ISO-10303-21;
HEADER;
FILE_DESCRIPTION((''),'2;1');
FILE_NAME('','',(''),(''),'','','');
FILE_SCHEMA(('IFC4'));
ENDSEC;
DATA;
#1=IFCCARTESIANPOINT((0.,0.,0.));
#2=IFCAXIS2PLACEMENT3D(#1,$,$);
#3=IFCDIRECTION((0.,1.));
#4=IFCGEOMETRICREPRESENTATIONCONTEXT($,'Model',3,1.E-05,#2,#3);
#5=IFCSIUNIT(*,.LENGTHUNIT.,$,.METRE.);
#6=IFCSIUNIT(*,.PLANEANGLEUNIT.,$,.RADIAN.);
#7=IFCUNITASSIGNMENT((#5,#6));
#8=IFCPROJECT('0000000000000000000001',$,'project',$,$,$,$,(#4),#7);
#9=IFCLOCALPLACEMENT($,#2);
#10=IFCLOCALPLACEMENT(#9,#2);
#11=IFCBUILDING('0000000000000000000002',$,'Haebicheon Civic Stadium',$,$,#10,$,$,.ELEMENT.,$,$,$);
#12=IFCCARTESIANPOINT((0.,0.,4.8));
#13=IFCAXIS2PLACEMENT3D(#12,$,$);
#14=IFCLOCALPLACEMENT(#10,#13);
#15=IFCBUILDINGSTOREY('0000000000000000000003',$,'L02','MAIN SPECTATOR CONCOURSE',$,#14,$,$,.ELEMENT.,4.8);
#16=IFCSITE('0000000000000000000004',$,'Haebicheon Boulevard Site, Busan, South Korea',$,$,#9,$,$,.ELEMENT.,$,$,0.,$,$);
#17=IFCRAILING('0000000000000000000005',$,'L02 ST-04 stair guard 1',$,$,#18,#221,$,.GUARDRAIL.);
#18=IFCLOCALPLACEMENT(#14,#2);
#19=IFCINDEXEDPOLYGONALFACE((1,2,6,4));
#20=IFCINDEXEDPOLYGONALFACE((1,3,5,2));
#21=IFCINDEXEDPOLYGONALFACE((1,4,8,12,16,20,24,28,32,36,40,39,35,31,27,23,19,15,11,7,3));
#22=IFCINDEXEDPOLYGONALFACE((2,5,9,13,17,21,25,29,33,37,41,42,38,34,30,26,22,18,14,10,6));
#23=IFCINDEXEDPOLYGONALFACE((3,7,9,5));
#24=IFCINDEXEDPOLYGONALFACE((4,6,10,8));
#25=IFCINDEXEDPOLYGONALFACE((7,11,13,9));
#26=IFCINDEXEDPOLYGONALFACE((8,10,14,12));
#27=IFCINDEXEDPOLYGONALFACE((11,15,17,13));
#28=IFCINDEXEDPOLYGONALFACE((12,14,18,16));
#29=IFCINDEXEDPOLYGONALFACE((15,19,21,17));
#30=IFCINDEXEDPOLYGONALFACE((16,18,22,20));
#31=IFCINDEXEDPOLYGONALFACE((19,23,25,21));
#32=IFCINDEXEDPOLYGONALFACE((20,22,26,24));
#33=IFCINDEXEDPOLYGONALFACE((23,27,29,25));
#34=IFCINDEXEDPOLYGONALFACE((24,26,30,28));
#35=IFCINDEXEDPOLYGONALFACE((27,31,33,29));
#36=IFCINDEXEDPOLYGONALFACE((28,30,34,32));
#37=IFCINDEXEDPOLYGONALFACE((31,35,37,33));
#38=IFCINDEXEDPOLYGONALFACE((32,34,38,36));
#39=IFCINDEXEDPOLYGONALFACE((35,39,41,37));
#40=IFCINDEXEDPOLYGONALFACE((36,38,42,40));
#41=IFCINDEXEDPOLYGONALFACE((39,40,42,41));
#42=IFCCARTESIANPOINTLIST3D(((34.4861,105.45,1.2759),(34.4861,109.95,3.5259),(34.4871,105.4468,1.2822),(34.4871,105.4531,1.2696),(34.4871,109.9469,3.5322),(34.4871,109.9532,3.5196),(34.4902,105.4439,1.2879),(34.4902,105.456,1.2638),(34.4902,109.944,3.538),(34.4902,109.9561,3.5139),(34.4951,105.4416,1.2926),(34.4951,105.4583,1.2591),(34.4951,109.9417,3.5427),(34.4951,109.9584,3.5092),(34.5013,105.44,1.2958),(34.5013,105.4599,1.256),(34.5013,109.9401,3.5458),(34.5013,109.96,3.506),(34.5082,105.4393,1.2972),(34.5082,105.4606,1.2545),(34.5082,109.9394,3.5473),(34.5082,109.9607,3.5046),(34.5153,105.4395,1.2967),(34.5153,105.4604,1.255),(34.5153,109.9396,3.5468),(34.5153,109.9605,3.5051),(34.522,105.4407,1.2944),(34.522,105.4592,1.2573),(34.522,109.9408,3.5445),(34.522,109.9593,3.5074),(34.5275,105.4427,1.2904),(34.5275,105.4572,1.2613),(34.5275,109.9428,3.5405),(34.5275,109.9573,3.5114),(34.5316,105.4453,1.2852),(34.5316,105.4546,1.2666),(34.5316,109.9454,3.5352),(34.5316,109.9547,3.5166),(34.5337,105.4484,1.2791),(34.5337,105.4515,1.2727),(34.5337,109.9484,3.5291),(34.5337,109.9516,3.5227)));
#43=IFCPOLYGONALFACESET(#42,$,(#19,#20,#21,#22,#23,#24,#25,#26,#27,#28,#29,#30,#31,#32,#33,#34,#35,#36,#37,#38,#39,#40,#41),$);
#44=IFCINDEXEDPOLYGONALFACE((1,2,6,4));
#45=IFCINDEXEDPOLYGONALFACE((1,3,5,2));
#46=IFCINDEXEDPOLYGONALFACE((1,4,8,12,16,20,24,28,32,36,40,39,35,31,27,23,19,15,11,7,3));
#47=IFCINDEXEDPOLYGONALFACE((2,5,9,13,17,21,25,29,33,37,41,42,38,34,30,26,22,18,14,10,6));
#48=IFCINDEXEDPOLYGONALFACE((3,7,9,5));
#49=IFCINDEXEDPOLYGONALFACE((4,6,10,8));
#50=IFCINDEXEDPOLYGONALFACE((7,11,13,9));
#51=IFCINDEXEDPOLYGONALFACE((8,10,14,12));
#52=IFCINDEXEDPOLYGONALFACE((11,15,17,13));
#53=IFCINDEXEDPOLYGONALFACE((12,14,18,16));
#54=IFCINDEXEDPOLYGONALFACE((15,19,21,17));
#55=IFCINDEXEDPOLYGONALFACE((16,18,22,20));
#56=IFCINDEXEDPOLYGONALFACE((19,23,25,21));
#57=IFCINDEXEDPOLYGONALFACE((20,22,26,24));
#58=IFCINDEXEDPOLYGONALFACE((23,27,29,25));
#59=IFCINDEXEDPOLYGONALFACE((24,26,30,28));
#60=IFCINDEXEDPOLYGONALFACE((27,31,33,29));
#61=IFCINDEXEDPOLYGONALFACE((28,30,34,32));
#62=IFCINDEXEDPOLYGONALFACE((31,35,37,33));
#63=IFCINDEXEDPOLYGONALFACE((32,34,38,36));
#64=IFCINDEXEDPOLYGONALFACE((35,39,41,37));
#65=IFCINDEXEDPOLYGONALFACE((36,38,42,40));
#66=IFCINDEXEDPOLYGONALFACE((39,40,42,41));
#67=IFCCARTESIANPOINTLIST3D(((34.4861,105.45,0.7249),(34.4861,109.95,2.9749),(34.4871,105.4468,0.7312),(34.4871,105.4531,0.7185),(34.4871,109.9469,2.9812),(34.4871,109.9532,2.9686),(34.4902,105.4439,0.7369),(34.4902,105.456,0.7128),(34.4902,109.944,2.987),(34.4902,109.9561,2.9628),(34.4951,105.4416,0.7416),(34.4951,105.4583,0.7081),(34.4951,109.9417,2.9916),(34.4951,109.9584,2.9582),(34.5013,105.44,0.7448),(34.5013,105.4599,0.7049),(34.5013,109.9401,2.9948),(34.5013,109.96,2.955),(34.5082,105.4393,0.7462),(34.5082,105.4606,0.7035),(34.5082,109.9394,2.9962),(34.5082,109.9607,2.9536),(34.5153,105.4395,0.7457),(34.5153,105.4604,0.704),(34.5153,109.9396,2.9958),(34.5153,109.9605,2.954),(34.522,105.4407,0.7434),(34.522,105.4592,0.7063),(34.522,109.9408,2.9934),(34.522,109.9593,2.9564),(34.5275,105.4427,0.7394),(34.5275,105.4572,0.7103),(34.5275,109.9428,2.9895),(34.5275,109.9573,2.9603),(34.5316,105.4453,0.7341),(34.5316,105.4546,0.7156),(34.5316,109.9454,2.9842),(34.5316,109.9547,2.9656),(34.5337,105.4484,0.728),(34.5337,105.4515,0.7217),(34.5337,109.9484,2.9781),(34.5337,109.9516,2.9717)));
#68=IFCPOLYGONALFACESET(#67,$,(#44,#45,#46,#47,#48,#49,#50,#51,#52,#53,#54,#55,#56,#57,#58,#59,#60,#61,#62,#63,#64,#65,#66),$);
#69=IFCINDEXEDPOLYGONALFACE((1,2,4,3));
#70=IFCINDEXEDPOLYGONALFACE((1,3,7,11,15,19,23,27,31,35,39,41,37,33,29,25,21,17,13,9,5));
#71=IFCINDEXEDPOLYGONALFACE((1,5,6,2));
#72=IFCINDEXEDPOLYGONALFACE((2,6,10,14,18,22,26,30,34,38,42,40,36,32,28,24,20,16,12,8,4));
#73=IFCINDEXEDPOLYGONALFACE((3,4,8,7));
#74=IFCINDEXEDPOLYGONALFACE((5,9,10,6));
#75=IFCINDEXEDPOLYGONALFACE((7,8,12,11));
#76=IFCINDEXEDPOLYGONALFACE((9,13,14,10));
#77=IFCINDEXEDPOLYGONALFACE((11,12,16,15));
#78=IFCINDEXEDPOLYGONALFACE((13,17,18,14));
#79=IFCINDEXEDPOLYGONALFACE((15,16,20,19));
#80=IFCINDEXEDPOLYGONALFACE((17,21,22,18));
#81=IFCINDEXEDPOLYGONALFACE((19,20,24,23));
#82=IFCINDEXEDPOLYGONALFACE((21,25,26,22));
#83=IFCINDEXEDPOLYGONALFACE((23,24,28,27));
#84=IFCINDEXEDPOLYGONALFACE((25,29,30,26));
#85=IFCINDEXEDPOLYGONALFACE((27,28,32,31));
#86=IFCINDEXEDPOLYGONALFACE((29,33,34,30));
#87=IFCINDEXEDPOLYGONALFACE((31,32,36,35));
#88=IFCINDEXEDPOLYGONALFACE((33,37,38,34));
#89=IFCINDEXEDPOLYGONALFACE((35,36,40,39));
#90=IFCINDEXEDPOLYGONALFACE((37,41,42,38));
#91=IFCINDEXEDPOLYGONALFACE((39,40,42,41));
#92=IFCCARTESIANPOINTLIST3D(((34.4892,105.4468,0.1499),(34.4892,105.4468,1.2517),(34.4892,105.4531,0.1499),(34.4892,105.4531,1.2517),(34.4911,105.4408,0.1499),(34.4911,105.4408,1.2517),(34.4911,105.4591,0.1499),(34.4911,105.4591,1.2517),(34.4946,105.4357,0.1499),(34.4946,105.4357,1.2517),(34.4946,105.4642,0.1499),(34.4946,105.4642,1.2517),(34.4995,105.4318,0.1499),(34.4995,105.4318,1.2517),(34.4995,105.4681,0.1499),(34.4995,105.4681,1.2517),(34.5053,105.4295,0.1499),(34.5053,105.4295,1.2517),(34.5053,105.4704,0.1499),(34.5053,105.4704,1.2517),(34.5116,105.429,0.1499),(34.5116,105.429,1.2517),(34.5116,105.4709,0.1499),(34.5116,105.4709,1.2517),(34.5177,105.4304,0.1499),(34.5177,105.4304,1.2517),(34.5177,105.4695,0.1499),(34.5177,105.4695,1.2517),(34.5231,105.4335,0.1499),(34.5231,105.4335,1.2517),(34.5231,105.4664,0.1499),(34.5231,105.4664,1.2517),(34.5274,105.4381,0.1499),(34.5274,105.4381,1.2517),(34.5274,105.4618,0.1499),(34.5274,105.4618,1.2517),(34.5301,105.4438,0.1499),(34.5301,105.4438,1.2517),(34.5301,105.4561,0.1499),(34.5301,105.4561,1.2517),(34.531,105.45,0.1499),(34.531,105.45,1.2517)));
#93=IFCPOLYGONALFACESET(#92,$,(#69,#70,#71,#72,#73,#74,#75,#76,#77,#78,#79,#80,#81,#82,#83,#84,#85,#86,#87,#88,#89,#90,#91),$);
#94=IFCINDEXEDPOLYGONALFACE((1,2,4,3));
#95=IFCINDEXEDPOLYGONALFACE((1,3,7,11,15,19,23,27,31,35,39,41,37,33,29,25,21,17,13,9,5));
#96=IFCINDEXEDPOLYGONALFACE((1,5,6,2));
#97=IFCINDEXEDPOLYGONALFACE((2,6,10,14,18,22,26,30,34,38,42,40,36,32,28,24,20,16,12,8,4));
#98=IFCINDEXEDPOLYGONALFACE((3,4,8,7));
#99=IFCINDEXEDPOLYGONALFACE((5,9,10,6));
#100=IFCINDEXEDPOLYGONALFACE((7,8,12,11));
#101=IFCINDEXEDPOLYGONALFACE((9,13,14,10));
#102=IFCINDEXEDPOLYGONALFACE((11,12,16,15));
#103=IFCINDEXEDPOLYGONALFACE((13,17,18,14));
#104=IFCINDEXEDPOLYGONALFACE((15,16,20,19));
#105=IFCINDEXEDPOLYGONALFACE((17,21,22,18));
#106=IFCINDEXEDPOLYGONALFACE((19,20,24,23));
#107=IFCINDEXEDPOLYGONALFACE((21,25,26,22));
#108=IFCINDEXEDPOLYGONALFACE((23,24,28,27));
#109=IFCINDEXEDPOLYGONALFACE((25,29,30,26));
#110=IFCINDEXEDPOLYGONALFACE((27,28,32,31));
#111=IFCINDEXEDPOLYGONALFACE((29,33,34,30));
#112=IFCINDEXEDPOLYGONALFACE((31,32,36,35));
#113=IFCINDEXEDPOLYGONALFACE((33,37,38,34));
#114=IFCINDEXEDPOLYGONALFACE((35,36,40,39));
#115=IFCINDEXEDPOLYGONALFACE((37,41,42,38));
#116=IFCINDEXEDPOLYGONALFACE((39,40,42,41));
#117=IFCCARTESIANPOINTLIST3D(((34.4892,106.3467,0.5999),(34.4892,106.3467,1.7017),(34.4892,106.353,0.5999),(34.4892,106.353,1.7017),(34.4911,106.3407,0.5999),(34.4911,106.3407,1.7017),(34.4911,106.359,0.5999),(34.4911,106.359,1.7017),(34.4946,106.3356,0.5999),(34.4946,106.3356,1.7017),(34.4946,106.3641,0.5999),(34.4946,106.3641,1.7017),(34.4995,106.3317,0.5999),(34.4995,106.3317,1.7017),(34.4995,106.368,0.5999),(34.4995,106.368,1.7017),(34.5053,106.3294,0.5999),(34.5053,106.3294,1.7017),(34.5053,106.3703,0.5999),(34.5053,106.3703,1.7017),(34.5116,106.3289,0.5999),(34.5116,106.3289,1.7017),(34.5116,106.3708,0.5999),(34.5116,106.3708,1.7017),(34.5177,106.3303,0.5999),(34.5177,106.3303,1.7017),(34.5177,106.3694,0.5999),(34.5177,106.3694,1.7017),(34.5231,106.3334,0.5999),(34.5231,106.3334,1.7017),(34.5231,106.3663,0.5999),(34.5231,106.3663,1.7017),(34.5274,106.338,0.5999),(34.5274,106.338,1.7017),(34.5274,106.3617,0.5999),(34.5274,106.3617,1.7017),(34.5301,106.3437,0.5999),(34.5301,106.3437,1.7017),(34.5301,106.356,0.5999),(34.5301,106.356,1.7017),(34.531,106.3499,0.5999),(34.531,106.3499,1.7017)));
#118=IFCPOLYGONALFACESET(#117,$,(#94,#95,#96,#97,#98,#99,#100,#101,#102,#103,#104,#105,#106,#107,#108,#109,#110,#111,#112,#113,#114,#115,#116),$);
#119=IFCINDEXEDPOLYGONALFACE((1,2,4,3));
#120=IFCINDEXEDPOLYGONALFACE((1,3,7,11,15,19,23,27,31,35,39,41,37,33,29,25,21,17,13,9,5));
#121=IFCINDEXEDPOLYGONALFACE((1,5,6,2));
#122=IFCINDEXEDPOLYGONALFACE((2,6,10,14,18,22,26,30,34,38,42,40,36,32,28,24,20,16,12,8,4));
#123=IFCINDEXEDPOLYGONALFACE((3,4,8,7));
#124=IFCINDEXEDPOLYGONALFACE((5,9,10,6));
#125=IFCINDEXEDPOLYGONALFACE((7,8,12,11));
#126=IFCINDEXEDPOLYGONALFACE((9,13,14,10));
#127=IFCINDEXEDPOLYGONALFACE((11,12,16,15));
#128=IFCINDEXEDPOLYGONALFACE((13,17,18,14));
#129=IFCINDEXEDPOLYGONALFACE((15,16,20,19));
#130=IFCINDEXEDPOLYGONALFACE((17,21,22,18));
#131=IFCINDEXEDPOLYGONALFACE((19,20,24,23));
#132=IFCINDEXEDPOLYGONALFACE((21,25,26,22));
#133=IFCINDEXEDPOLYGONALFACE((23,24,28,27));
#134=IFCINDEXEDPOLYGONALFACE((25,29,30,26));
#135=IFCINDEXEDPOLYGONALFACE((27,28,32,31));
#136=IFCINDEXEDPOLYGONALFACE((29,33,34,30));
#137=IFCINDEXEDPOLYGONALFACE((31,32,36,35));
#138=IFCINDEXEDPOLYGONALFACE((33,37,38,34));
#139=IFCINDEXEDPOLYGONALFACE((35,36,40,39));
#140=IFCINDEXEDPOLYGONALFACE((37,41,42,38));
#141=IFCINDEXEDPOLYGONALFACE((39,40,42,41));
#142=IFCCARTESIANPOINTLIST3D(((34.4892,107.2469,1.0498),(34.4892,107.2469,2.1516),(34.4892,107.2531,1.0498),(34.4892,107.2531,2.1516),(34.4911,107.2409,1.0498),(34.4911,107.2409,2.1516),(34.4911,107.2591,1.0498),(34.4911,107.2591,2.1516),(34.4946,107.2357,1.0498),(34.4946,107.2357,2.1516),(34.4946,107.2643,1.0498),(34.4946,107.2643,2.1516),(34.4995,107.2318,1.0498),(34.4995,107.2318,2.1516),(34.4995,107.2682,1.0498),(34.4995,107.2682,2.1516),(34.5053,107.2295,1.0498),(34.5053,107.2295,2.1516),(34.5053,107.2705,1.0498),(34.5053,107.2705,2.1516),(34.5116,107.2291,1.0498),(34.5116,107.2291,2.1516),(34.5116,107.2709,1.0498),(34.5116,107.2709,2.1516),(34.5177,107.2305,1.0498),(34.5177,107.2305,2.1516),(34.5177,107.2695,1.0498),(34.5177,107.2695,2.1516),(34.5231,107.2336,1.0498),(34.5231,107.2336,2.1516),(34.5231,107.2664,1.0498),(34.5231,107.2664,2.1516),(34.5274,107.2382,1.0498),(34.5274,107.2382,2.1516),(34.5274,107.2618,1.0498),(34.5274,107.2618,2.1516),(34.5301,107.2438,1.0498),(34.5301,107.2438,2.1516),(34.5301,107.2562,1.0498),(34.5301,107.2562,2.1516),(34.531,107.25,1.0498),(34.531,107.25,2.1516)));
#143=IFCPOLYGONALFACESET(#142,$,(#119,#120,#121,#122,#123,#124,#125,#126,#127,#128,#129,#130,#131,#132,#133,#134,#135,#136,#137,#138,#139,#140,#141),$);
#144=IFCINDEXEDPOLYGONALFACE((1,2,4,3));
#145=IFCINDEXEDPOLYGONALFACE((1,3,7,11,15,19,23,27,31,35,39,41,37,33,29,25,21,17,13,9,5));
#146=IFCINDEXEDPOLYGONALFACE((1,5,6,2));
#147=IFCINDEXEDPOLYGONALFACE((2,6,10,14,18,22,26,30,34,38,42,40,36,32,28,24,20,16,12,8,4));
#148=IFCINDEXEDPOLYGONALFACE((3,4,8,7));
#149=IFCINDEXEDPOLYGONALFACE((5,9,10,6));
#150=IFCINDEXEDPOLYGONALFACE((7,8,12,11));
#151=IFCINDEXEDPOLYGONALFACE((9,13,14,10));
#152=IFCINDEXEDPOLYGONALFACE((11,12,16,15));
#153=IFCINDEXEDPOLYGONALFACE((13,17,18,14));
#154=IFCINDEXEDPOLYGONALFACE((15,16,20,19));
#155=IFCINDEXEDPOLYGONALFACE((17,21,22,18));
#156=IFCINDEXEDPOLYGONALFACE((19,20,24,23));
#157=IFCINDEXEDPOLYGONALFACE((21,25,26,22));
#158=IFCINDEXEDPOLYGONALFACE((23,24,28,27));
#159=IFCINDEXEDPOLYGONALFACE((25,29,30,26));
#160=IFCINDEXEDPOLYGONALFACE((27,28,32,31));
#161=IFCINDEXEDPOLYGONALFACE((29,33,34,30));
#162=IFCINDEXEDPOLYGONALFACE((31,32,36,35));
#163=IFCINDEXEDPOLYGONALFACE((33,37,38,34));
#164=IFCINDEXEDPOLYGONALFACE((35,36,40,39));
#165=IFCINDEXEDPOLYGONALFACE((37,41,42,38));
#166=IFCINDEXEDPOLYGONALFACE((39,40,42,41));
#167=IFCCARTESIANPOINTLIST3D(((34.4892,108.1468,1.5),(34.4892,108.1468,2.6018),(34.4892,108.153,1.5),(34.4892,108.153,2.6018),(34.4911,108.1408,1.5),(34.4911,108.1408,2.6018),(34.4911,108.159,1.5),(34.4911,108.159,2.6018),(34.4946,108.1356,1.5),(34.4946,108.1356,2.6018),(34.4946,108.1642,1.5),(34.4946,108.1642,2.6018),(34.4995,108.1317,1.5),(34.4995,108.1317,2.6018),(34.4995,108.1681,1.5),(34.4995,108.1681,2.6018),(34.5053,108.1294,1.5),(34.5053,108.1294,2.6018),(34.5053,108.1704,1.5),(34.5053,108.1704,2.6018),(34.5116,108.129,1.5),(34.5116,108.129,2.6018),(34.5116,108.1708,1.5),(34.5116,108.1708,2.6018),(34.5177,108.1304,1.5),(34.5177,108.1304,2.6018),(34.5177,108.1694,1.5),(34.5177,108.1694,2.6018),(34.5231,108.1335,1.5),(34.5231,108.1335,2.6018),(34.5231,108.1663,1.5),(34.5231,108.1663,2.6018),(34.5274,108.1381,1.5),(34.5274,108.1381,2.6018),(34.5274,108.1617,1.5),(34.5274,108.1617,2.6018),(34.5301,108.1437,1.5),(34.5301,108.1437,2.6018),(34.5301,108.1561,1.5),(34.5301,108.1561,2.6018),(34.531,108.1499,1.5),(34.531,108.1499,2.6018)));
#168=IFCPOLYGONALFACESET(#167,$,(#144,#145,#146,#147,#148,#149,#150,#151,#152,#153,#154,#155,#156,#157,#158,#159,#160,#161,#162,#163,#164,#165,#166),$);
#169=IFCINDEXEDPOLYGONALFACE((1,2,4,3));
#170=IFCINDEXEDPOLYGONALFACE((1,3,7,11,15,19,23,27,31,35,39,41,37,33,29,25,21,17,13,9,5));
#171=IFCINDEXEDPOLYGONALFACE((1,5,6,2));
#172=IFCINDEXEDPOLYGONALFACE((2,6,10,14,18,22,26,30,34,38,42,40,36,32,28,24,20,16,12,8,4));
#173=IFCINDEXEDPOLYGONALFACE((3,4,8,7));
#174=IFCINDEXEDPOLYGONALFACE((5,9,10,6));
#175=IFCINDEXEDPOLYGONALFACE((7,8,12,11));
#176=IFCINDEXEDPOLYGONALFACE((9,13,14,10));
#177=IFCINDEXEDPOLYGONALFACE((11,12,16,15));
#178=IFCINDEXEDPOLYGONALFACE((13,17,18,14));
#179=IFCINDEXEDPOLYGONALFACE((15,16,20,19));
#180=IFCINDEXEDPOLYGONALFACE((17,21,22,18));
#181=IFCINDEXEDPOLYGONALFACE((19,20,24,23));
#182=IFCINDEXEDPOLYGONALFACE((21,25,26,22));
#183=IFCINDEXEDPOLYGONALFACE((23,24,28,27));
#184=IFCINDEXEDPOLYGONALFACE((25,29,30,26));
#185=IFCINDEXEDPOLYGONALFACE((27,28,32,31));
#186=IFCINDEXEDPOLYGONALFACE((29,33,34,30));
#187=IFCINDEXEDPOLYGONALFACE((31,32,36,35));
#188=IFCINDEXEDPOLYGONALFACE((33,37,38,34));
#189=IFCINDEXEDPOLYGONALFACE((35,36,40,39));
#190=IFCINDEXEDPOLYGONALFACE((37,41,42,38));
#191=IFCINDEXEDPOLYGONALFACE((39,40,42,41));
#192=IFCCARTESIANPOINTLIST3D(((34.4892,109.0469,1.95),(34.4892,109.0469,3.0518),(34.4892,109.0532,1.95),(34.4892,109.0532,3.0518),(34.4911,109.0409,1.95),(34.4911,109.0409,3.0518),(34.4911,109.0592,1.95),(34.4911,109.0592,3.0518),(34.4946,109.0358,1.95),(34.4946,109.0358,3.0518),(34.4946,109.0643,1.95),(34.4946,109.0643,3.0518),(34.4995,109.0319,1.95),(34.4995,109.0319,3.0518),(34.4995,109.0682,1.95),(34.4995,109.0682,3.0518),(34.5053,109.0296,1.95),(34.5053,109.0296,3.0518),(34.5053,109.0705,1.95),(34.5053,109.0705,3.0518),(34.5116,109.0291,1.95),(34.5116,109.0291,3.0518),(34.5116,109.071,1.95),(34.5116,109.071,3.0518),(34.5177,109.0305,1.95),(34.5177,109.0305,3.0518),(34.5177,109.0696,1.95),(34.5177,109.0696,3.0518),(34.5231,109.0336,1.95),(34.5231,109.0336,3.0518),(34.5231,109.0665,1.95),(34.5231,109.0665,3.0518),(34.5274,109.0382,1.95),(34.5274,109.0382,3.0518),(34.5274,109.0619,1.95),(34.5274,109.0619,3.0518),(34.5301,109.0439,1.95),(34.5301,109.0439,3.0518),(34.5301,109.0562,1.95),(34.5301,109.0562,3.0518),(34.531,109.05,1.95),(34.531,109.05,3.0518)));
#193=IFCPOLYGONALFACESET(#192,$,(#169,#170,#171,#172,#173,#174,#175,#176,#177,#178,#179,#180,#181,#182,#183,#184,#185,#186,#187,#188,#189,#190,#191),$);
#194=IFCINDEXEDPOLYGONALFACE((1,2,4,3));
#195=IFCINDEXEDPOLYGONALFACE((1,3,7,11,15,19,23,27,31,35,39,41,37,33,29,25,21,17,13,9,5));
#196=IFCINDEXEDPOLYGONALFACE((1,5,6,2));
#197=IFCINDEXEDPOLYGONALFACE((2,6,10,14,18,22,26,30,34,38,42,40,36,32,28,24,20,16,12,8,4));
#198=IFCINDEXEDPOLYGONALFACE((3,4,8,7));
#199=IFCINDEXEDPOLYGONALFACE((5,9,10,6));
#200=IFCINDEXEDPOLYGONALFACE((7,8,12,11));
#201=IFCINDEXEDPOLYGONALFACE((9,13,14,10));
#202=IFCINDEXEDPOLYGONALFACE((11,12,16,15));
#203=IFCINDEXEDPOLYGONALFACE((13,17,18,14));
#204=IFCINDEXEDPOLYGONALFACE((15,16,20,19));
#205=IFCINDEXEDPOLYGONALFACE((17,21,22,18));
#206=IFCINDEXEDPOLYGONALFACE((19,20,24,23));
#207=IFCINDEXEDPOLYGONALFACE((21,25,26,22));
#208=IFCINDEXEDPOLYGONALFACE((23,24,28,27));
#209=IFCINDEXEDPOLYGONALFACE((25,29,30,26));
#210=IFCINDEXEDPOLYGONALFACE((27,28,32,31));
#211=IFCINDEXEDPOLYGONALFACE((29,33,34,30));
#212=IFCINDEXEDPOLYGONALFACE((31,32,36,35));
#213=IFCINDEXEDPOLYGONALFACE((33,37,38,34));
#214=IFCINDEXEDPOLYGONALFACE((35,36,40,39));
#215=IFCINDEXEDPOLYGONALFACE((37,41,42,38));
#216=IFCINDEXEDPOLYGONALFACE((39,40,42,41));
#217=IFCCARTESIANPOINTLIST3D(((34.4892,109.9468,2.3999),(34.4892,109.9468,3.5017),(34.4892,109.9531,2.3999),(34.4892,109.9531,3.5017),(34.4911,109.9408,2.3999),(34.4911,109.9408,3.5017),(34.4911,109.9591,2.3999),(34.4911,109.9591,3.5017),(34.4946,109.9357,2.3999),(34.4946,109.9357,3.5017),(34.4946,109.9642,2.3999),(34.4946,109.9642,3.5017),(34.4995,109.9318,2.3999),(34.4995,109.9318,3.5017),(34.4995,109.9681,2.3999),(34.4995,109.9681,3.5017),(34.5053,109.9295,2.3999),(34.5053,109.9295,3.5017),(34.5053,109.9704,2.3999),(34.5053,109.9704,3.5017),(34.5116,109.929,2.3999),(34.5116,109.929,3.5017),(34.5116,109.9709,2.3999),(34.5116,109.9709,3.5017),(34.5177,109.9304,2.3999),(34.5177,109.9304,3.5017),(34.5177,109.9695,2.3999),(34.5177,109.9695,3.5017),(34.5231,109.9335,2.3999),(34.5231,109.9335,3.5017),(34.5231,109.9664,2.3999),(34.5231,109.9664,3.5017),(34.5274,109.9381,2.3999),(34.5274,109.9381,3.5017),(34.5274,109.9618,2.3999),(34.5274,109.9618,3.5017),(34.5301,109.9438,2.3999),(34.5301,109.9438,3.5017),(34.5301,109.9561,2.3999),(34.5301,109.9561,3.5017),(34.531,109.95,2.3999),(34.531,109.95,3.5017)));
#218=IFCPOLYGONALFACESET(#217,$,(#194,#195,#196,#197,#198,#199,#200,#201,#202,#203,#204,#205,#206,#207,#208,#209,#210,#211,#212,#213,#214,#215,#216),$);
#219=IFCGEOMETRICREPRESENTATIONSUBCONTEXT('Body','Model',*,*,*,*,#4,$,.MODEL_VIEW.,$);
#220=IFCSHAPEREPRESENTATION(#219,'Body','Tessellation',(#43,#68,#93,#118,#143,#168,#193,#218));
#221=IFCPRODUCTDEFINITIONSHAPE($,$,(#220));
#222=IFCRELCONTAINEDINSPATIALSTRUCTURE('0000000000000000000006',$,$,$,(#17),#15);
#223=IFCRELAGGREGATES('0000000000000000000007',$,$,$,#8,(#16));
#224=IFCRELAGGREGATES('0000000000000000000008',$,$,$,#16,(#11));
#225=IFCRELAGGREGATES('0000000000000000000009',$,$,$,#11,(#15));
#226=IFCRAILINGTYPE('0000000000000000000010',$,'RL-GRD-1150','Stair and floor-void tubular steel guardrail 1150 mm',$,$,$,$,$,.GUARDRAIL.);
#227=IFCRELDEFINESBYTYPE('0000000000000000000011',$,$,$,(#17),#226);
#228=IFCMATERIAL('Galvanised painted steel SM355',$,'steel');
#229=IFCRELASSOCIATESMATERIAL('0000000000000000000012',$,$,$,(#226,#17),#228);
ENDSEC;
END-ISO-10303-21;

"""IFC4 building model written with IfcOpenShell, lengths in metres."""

from ifc_helpers import new_model, si_unit, direction, frame, origin, origin_2d, place, context, subcontext, project, spatial, circle, extrude, material, type_object, element, save


model = new_model("IFC4")

# Units and contexts
model_context = context("Model", 3, precision=1e-05, world=origin(), true_north=direction((0.0, 1.0)))
body_context = subcontext(model_context, "Body", "Model", "MODEL_VIEW")
ifc_project = project(units=[si_unit("LENGTHUNIT", "METRE"), si_unit("PLANEANGLEUNIT", "RADIAN")], contexts=[model_context])

# Site, building, storey
site_placement = place(None, origin())
site = spatial("IfcSite", under=ifc_project, at=site_placement, Name="Haebicheon Boulevard Site, Busan, South Korea", CompositionType="ELEMENT", RefElevation=0.0)
building_placement = place(site_placement, origin())
building = spatial("IfcBuilding", under=site, at=building_placement, Name="Haebicheon Civic Stadium", CompositionType="ELEMENT")
storey_placement = place(building_placement, frame((0.0, 0.0, 4.8)))
storey = spatial("IfcBuildingStorey", under=building, at=storey_placement, Name="L02", Description="MAIN SPECTATOR CONCOURSE", CompositionType="ELEMENT", Elevation=4.8)

# Railing
ifc_material_1 = material(Name="Galvanised painted steel SM355", Category="steel")
railing_type_1 = type_object("IfcRailingType", Name="RL-GRD-1150", Description="Stair and floor-void tubular steel guardrail 1150 mm", PredefinedType="GUARDRAIL", material=ifc_material_1)
railing_1_placement = place(storey_placement, frame((34.51, 105.45, 0.1499)))
element("IfcRailing", 1, at=railing_1_placement, inside=storey, type_object=railing_type_1, material=ifc_material_1, Name="L02 ST-04 stair guard 1", PredefinedType="GUARDRAIL", context=body_context, shape_type="SweptSolid", body=[
    extrude(circle(Radius=0.0239, at=origin_2d()), frame((0.0, 0.0, 1.126), z_axis=(0.0, 0.894427, 0.447214), x_axis=(-1.0, 0.0, 0.0)), (0.0, 0.0, 1.0), 5.0312),
    extrude(circle(Radius=0.0239, at=origin_2d()), frame((0.0, 0.0, 0.575), z_axis=(0.0, 0.894427, 0.447214), x_axis=(-1.0, 0.0, 0.0)), (0.0, 0.0, 1.0), 5.0312),
    extrude(circle(Radius=0.021, at=origin_2d()), origin(), (0.0, 0.0, 1.0), 1.1018),
    extrude(circle(Radius=0.021, at=origin_2d()), frame((0.0, 0.8999, 0.45)), (0.0, 0.0, 1.0), 1.1018),
    extrude(circle(Radius=0.021, at=origin_2d()), frame((0.0, 1.8, 0.8999)), (0.0, 0.0, 1.0), 1.1018),
    extrude(circle(Radius=0.021, at=origin_2d()), frame((0.0, 2.7, 1.3501)), (0.0, 0.0, 1.0), 1.1018),
    extrude(circle(Radius=0.021, at=origin_2d()), frame((0.0, 3.6001, 1.8)), (0.0, 0.0, 1.0), 1.1018),
    extrude(circle(Radius=0.021, at=origin_2d()), frame((0.0, 4.5, 2.25)), (0.0, 0.0, 1.0), 1.1018),
])

save(model, "model.ifc")
